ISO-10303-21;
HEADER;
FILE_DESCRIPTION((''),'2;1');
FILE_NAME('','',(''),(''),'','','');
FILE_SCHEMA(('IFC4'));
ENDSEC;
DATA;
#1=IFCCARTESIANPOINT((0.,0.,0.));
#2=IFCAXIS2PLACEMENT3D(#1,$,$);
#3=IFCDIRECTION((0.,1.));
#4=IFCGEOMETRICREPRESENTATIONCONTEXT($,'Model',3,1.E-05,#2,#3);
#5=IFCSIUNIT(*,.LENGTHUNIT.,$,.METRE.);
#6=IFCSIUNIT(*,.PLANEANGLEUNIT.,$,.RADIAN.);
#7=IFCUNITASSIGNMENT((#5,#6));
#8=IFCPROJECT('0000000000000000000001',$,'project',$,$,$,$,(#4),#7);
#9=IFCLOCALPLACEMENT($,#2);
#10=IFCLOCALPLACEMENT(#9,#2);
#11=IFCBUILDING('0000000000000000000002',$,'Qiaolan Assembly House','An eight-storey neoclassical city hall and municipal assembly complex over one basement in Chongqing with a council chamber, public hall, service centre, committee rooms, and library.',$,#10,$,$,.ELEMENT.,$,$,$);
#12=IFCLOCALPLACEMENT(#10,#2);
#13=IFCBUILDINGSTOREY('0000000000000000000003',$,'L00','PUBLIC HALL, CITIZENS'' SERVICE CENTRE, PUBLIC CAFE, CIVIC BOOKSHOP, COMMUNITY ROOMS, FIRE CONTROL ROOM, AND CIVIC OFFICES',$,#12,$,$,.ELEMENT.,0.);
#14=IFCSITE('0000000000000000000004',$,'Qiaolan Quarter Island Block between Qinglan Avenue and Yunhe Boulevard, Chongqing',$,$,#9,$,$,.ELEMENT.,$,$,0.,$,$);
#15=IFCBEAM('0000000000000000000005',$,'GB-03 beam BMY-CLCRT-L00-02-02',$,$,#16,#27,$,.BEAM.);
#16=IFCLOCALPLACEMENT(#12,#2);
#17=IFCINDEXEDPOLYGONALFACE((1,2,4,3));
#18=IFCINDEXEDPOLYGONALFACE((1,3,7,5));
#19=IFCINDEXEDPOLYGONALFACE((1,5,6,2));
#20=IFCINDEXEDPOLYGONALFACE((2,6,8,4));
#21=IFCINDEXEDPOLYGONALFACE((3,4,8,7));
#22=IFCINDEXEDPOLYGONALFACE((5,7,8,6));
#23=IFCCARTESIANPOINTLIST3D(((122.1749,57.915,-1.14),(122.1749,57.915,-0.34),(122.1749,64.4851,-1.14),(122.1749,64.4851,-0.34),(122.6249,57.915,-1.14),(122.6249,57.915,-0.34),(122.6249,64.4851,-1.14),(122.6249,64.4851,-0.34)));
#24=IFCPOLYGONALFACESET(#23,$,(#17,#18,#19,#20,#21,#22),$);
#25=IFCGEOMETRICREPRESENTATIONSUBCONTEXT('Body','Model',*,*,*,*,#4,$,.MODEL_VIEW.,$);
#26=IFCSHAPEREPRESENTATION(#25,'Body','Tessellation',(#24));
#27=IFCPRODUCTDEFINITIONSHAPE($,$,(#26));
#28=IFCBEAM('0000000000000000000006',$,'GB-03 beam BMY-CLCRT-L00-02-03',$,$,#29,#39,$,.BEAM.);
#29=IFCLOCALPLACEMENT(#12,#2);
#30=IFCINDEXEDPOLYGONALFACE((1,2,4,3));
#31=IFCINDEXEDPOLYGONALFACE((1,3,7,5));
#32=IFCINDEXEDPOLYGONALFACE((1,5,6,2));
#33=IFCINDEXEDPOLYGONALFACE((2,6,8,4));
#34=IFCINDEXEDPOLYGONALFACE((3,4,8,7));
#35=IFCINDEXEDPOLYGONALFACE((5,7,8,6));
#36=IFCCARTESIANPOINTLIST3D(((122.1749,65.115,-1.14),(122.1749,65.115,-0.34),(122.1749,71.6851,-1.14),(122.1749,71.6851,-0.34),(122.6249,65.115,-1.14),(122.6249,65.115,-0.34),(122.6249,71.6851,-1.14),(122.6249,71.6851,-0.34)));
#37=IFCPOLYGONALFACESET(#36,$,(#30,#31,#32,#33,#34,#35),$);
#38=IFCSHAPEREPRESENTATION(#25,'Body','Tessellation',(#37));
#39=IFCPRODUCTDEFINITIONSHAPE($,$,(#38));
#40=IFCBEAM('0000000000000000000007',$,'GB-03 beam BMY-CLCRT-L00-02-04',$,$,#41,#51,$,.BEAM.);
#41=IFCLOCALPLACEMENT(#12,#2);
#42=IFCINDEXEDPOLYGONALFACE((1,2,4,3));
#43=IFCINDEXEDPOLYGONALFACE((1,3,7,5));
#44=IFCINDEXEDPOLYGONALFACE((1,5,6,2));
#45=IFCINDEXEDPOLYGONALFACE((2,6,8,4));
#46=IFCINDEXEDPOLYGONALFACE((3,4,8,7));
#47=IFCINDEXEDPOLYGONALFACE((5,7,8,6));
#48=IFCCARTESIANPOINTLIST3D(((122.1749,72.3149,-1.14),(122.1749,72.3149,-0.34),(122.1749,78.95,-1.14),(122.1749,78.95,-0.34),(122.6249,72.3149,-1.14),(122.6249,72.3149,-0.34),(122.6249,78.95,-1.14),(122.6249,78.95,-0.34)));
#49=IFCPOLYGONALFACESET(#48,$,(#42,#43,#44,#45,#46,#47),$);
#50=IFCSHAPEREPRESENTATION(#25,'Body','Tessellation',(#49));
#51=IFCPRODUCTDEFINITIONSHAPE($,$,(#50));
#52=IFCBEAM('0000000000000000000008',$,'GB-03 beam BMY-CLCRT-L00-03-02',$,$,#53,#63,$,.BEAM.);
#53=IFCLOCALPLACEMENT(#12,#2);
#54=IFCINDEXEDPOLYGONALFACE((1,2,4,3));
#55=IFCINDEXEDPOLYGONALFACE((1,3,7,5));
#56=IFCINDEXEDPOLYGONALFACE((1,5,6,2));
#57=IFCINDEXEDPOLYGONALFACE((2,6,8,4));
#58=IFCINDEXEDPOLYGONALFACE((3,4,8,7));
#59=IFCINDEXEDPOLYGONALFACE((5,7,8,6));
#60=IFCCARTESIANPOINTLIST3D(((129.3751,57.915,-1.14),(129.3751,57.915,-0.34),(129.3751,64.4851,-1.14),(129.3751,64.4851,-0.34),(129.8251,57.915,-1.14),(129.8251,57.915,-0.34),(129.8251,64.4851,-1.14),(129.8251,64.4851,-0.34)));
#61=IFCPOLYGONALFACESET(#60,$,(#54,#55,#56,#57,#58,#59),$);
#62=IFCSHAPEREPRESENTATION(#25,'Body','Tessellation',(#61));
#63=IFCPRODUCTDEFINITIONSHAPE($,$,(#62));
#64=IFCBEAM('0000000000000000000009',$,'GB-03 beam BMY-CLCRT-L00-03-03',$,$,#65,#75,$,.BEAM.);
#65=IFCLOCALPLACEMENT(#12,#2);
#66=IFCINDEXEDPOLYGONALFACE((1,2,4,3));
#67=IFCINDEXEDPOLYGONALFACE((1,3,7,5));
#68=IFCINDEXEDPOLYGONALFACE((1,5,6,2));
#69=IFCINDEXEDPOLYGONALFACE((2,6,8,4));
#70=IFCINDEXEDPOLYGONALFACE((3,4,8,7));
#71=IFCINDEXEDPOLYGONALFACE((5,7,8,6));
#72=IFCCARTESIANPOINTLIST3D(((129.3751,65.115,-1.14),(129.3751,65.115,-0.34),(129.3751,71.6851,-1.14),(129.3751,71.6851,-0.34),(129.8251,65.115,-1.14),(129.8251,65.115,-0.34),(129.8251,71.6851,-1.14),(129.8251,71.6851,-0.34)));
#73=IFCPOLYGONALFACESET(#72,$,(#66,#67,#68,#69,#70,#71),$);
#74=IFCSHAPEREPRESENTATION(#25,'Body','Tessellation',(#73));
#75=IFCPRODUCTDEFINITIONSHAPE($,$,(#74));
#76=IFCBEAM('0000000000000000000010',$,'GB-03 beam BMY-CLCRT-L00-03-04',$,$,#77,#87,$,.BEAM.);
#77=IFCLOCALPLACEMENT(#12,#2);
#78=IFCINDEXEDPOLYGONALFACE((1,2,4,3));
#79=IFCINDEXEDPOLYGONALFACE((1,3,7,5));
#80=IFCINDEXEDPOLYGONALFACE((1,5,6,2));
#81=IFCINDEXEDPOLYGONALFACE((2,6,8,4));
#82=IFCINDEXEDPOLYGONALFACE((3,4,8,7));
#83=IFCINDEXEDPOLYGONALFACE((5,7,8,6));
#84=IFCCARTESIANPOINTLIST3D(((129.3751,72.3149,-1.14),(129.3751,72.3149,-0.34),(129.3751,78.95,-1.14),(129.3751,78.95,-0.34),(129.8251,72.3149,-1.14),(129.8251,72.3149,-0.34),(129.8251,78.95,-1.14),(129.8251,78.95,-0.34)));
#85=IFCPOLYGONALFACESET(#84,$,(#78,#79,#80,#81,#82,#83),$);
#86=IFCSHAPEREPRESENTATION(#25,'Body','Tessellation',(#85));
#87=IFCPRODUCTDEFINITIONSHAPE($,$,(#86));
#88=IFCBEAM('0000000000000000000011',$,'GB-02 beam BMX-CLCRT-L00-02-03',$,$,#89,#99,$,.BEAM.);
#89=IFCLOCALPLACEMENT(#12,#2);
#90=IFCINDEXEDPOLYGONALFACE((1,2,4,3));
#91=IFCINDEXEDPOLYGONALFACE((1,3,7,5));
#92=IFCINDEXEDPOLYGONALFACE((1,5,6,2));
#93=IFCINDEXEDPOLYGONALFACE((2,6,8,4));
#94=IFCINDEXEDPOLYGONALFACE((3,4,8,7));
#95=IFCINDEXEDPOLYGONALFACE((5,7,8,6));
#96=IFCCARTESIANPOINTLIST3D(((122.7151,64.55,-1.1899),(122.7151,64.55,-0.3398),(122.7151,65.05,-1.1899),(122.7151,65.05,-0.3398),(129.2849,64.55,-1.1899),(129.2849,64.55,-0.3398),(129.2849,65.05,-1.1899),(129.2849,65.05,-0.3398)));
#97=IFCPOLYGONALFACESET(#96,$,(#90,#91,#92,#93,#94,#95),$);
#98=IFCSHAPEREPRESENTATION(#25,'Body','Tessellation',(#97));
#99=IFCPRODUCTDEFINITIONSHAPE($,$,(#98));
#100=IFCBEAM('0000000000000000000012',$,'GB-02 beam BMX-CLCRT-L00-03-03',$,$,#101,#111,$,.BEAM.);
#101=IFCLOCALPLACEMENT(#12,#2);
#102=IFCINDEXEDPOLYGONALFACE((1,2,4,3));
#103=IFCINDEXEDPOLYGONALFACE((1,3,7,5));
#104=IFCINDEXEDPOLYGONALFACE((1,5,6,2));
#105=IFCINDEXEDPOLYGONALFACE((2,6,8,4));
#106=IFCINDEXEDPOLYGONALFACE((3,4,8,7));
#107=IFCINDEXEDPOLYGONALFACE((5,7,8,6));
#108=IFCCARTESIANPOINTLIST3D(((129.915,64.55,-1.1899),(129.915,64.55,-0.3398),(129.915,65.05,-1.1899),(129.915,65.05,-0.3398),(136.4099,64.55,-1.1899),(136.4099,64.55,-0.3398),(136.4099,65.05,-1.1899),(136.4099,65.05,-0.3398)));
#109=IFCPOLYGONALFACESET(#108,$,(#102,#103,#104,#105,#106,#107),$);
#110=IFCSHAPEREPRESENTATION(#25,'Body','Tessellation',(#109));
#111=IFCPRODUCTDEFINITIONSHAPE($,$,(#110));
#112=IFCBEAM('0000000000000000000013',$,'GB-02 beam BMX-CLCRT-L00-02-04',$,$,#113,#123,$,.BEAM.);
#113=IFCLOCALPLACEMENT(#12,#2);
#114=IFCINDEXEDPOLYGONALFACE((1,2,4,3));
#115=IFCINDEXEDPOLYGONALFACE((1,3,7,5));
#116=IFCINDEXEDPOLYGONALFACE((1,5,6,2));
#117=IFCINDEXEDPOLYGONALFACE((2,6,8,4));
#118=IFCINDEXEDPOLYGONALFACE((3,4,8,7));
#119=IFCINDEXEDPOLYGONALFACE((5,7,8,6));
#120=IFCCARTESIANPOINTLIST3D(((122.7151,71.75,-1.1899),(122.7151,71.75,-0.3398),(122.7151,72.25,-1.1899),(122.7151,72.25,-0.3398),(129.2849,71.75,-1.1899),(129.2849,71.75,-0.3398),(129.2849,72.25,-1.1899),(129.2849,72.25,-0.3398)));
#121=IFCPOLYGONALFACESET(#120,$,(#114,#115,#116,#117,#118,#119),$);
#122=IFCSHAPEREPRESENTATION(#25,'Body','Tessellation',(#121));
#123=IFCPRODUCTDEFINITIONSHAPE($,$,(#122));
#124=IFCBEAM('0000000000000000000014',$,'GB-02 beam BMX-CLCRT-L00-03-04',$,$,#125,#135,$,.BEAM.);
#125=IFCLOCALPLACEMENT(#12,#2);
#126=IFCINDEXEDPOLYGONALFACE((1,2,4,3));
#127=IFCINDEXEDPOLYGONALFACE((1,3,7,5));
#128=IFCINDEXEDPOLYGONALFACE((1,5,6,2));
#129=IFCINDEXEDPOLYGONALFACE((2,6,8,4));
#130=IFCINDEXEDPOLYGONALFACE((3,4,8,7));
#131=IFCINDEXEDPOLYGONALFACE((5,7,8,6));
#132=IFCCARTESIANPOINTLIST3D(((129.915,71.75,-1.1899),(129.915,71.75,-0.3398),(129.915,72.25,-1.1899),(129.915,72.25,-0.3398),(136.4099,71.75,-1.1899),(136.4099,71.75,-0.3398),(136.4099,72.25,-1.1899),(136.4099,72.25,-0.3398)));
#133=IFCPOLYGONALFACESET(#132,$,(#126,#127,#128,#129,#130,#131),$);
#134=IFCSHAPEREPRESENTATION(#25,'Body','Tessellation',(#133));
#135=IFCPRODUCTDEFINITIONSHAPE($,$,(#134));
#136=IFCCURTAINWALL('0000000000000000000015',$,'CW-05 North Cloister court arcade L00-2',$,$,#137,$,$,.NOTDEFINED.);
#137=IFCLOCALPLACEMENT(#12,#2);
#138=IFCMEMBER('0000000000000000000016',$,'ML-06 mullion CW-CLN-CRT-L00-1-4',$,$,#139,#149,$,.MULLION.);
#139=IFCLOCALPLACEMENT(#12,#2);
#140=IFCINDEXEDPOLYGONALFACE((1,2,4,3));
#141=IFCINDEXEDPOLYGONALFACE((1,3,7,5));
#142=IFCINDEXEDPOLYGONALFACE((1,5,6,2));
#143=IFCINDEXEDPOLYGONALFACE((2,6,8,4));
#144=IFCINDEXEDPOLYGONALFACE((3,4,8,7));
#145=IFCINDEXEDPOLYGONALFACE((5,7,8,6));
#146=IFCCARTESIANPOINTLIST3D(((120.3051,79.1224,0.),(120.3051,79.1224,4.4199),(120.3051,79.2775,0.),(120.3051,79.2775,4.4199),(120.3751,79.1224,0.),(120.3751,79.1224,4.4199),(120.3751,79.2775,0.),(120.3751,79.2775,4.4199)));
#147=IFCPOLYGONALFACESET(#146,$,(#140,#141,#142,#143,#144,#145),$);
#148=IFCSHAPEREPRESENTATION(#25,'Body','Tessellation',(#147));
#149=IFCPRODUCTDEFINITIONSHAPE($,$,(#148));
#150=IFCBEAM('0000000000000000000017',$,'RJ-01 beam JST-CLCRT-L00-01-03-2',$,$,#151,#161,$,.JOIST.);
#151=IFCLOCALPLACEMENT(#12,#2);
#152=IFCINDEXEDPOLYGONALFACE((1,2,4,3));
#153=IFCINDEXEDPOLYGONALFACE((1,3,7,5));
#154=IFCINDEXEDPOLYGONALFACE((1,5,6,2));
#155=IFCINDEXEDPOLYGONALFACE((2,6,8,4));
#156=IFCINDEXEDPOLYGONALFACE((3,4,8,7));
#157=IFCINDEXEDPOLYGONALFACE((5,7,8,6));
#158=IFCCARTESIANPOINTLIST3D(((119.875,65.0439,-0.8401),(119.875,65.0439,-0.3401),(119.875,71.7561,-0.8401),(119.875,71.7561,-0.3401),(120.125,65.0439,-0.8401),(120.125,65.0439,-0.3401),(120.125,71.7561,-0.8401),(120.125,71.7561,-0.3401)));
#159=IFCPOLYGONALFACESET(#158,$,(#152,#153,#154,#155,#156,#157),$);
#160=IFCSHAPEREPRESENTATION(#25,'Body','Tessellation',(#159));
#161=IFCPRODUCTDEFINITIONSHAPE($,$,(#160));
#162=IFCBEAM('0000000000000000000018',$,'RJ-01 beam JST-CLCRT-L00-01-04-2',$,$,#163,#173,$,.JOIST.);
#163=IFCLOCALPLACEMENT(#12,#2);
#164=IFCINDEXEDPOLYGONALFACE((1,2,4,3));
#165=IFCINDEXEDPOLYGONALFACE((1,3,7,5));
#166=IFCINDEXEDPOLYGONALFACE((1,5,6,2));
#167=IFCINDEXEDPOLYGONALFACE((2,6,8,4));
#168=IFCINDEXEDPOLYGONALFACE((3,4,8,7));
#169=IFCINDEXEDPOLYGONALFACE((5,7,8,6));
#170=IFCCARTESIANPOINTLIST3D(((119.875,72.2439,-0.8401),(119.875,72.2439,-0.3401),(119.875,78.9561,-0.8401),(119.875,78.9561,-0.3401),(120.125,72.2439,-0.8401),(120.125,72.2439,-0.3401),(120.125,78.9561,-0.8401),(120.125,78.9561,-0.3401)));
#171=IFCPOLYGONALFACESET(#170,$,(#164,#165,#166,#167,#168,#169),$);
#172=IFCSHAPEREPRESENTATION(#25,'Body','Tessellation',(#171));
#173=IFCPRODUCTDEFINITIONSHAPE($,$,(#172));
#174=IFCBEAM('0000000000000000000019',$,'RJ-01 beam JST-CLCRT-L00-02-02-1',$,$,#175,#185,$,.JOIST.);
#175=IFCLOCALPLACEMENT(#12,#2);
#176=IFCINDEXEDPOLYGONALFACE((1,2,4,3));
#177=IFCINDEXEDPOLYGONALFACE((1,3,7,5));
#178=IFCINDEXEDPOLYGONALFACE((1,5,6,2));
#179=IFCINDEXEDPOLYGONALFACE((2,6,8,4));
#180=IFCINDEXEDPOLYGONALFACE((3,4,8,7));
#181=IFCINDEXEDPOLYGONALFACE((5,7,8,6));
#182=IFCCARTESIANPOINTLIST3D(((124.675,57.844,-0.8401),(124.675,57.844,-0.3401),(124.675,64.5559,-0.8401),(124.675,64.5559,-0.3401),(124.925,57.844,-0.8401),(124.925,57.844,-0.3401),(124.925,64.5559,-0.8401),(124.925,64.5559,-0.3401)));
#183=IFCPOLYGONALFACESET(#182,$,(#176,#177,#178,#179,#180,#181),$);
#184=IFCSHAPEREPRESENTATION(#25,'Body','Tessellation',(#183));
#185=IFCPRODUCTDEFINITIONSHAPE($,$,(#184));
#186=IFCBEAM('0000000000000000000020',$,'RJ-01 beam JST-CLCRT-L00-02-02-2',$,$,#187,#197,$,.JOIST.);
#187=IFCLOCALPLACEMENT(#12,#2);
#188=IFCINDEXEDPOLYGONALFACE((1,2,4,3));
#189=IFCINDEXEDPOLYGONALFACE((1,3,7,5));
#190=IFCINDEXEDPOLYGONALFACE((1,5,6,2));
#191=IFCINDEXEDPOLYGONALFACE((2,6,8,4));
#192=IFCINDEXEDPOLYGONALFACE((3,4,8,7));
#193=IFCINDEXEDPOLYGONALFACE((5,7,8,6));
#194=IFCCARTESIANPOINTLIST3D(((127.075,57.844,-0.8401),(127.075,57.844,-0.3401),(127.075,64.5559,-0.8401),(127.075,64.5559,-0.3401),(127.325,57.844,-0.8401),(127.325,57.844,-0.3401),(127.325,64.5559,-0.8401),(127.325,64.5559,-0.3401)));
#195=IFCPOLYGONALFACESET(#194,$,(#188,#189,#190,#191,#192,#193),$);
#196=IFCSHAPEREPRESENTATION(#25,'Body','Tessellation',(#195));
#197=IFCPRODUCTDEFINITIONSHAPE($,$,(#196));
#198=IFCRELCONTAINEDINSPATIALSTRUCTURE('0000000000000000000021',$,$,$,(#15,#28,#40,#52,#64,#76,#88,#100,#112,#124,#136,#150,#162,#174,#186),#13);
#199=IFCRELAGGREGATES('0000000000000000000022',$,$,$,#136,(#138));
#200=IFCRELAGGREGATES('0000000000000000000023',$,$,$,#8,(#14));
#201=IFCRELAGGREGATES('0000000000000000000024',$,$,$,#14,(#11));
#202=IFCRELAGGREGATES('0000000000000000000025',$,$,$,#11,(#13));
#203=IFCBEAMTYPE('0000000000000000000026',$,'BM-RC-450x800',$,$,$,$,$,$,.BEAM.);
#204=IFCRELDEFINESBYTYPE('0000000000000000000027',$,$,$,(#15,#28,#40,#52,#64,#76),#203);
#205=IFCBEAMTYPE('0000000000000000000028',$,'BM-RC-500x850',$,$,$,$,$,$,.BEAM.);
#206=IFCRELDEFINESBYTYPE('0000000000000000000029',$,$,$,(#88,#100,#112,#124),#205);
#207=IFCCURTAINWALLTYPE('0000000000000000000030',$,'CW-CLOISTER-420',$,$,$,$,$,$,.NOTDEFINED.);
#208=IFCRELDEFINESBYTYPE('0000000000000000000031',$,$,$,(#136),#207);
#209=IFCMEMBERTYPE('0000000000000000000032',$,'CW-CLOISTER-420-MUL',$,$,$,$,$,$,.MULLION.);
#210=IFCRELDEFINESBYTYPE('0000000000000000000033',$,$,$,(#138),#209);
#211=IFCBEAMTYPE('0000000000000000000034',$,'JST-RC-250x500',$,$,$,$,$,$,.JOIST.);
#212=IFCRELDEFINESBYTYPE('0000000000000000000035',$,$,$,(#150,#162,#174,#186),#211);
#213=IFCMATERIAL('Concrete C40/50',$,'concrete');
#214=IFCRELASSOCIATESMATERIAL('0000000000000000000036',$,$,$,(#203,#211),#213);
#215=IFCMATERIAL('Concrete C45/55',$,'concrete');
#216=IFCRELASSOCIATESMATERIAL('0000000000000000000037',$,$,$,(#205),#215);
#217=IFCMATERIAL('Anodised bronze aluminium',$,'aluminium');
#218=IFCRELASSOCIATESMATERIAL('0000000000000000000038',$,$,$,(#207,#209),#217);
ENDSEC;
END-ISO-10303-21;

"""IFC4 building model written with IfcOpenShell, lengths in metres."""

from ifc_helpers import new_model, si_unit, direction, frame, origin, origin_2d, place, context, subcontext, project, spatial, rectangle, extrude, material, material_profile, profile_set, type_object, element, aggregate, save


model = new_model("IFC4")

# Units and contexts
model_context = context("Model", 3, precision=1e-05, world=origin(), true_north=direction((0.0, 1.0)))
body_context = subcontext(model_context, "Body", "Model", "MODEL_VIEW")
ifc_project = project(units=[si_unit("LENGTHUNIT", "METRE"), si_unit("PLANEANGLEUNIT", "RADIAN")], contexts=[model_context])

# Site, building, storey
site_placement = place(None, origin())
site = spatial("IfcSite", under=ifc_project, at=site_placement, Name="Qiaolan Quarter Island Block between Qinglan Avenue and Yunhe Boulevard, Chongqing", CompositionType="ELEMENT", RefElevation=0.0)
building_placement = place(site_placement, origin())
building = spatial("IfcBuilding", under=site, at=building_placement, Name="Qiaolan Assembly House", Description="An eight-storey neoclassical city hall and municipal assembly complex over one basement in Chongqing with a council chamber, public hall, service centre, committee rooms, and library.", CompositionType="ELEMENT")
storey_placement = place(building_placement, origin())
storey = spatial("IfcBuildingStorey", under=building, at=storey_placement, Name="L00", Description="PUBLIC HALL, CITIZENS' SERVICE CENTRE, PUBLIC CAFE, CIVIC BOOKSHOP, COMMUNITY ROOMS, FIRE CONTROL ROOM, AND CIVIC OFFICES", CompositionType="ELEMENT", Elevation=0.0)

# Beams
ifc_material_1 = material(Name="Concrete C40/50", Category="concrete")
ifc_material_profile_1 = material_profile(ifc_material_1, rectangle(XDim=0.45, YDim=0.8, at=origin_2d()), Name="RCB 450x800")
ifc_profile_set_1 = profile_set([ifc_material_profile_1], Name="Concrete C40/50")
beam_type_1 = type_object("IfcBeamType", Name="BM-RC-450x800", PredefinedType="BEAM", material=ifc_profile_set_1)
for number, where, z_axis, x_axis, name in (
    (1, (122.3999, 57.915, -0.74), (0.0, 1.0, 0.0), (-1.0, 0.0, 0.0), "GB-03 beam BMY-CLCRT-L00-02-02"),
    (2, (122.3999, 65.115, -0.74), (0.0, 1.0, 0.0), (-1.0, 0.0, 0.0), "GB-03 beam BMY-CLCRT-L00-02-03"),
):
    element("IfcBeam", number, at=place(storey_placement, frame(where, z_axis=z_axis, x_axis=x_axis)), inside=storey, type_object=beam_type_1, Name=name, PredefinedType="BEAM", context=body_context, shape_type="SweptSolid", body=[
        extrude(rectangle(XDim=0.45, YDim=0.8, at=origin_2d()), origin(), (0.0, 0.0, 1.0), 6.5701),
    ])
beam_1_placement = place(storey_placement, frame((122.3999, 72.3149, -0.74), z_axis=(0.0, 1.0, 0.0), x_axis=(-1.0, 0.0, 0.0)))
element("IfcBeam", 3, at=beam_1_placement, inside=storey, type_object=beam_type_1, Name="GB-03 beam BMY-CLCRT-L00-02-04", PredefinedType="BEAM", context=body_context, shape_type="SweptSolid", body=[
    extrude(rectangle(XDim=0.45, YDim=0.8, at=origin_2d()), origin(), (0.0, 0.0, 1.0), 6.635),
])
for number, where, z_axis, x_axis, name in (
    (4, (129.6001, 57.915, -0.74), (0.0, 1.0, 0.0), (-1.0, 0.0, 0.0), "GB-03 beam BMY-CLCRT-L00-03-02"),
    (5, (129.6001, 65.115, -0.74), (0.0, 1.0, 0.0), (-1.0, 0.0, 0.0), "GB-03 beam BMY-CLCRT-L00-03-03"),
):
    element("IfcBeam", number, at=place(storey_placement, frame(where, z_axis=z_axis, x_axis=x_axis)), inside=storey, type_object=beam_type_1, Name=name, PredefinedType="BEAM", context=body_context, shape_type="SweptSolid", body=[
        extrude(rectangle(XDim=0.45, YDim=0.8, at=origin_2d()), origin(), (0.0, 0.0, 1.0), 6.5701),
    ])
beam_2_placement = place(storey_placement, frame((129.6001, 72.3149, -0.74), z_axis=(0.0, 1.0, 0.0), x_axis=(-1.0, 0.0, 0.0)))
element("IfcBeam", 6, at=beam_2_placement, inside=storey, type_object=beam_type_1, Name="GB-03 beam BMY-CLCRT-L00-03-04", PredefinedType="BEAM", context=body_context, shape_type="SweptSolid", body=[
    extrude(rectangle(XDim=0.45, YDim=0.8, at=origin_2d()), origin(), (0.0, 0.0, 1.0), 6.635),
])
ifc_material_2 = material(Name="Concrete C45/55", Category="concrete")
ifc_material_profile_2 = material_profile(ifc_material_2, rectangle(XDim=0.5, YDim=0.8501, at=origin_2d()), Name="RCB 500x850")
ifc_profile_set_2 = profile_set([ifc_material_profile_2], Name="Concrete C45/55")
beam_type_2 = type_object("IfcBeamType", Name="BM-RC-500x850", PredefinedType="BEAM", material=ifc_profile_set_2)
beam_3_placement = place(storey_placement, frame((122.7151, 64.8, -0.7649), z_axis=(1.0, 0.0, 0.0), x_axis=(0.0, 1.0, 0.0)))
element("IfcBeam", 7, at=beam_3_placement, inside=storey, type_object=beam_type_2, Name="GB-02 beam BMX-CLCRT-L00-02-03", PredefinedType="BEAM", context=body_context, shape_type="SweptSolid", body=[
    extrude(rectangle(XDim=0.5, YDim=0.8501, at=origin_2d()), origin(), (0.0, 0.0, 1.0), 6.5698),
])
beam_4_placement = place(storey_placement, frame((129.915, 64.8, -0.7649), z_axis=(1.0, 0.0, 0.0), x_axis=(0.0, 1.0, 0.0)))
element("IfcBeam", 8, at=beam_4_placement, inside=storey, type_object=beam_type_2, Name="GB-02 beam BMX-CLCRT-L00-03-03", PredefinedType="BEAM", context=body_context, shape_type="SweptSolid", body=[
    extrude(rectangle(XDim=0.5, YDim=0.8501, at=origin_2d()), origin(), (0.0, 0.0, 1.0), 6.4949),
])
beam_5_placement = place(storey_placement, frame((122.7151, 72.0, -0.7649), z_axis=(1.0, 0.0, 0.0), x_axis=(0.0, 1.0, 0.0)))
element("IfcBeam", 9, at=beam_5_placement, inside=storey, type_object=beam_type_2, Name="GB-02 beam BMX-CLCRT-L00-02-04", PredefinedType="BEAM", context=body_context, shape_type="SweptSolid", body=[
    extrude(rectangle(XDim=0.5, YDim=0.8501, at=origin_2d()), origin(), (0.0, 0.0, 1.0), 6.5698),
])
beam_6_placement = place(storey_placement, frame((129.915, 72.0, -0.7649), z_axis=(1.0, 0.0, 0.0), x_axis=(0.0, 1.0, 0.0)))
element("IfcBeam", 10, at=beam_6_placement, inside=storey, type_object=beam_type_2, Name="GB-02 beam BMX-CLCRT-L00-03-04", PredefinedType="BEAM", context=body_context, shape_type="SweptSolid", body=[
    extrude(rectangle(XDim=0.5, YDim=0.8501, at=origin_2d()), origin(), (0.0, 0.0, 1.0), 6.4949),
])

# Curtain wall, member
ifc_material_3 = material(Name="Anodised bronze aluminium", Category="aluminium")
curtain_wall_type = type_object("IfcCurtainWallType", Name="CW-CLOISTER-420", PredefinedType="NOTDEFINED", material=ifc_material_3)
curtain_wall_placement = place(storey_placement, origin())
curtain_wall = element("IfcCurtainWall", 11, at=curtain_wall_placement, inside=storey, type_object=curtain_wall_type, Name="CW-05 North Cloister court arcade L00-2", PredefinedType="NOTDEFINED")
ifc_material_profile_3 = material_profile(ifc_material_3, rectangle(XDim=0.0701, YDim=0.155, at=origin_2d()), Name="MUL 70x155")
ifc_profile_set_3 = profile_set([ifc_material_profile_3], Name="Anodised bronze aluminium")
member_type = type_object("IfcMemberType", Name="CW-CLOISTER-420-MUL", PredefinedType="MULLION", material=ifc_profile_set_3)
member_placement = place(storey_placement, frame((120.3401, 79.2, 0.0), z_axis=(0.0, 0.0, 1.0), x_axis=(1.0, 0.0, 0.0)))
member = element("IfcMember", 12, at=member_placement, type_object=member_type, Name="ML-06 mullion CW-CLN-CRT-L00-1-4", PredefinedType="MULLION", context=body_context, shape_type="SweptSolid", body=[
    extrude(rectangle(XDim=0.0701, YDim=0.155, at=origin_2d()), origin(), (0.0, 0.0, 1.0), 4.4199),
])

# Beams
ifc_material_profile_4 = material_profile(ifc_material_1, rectangle(XDim=0.25, YDim=0.5, at=origin_2d()), Name="RCB 250x500")
ifc_profile_set_4 = profile_set([ifc_material_profile_4], Name="Concrete C40/50")
beam_type_3 = type_object("IfcBeamType", Name="JST-RC-250x500", PredefinedType="JOIST", material=ifc_profile_set_4)
for number, where, z_axis, x_axis, name in (
    (13, (120.0, 65.0439, -0.5901), (0.0, 1.0, 0.0), (-1.0, 0.0, 0.0), "RJ-01 beam JST-CLCRT-L00-01-03-2"),
    (14, (120.0, 72.2439, -0.5901), (0.0, 1.0, 0.0), (-1.0, 0.0, 0.0), "RJ-01 beam JST-CLCRT-L00-01-04-2"),
):
    element("IfcBeam", number, at=place(storey_placement, frame(where, z_axis=z_axis, x_axis=x_axis)), inside=storey, type_object=beam_type_3, Name=name, PredefinedType="JOIST", context=body_context, shape_type="SweptSolid", body=[
        extrude(rectangle(XDim=0.25, YDim=0.5, at=origin_2d()), origin(), (0.0, 0.0, 1.0), 6.7122),
    ])
for number, where, z_axis, x_axis, name in (
    (15, (124.8, 57.844, -0.5901), (0.0, 1.0, 0.0), (-1.0, 0.0, 0.0), "RJ-01 beam JST-CLCRT-L00-02-02-1"),
    (16, (127.2, 57.844, -0.5901), (0.0, 1.0, 0.0), (-1.0, 0.0, 0.0), "RJ-01 beam JST-CLCRT-L00-02-02-2"),
):
    element("IfcBeam", number, at=place(storey_placement, frame(where, z_axis=z_axis, x_axis=x_axis)), inside=storey, type_object=beam_type_3, Name=name, PredefinedType="JOIST", context=body_context, shape_type="SweptSolid", body=[
        extrude(rectangle(XDim=0.25, YDim=0.5, at=origin_2d()), origin(), (0.0, 0.0, 1.0), 6.7119),
    ])

aggregate(curtain_wall, [member])

save(model, "model.ifc")
